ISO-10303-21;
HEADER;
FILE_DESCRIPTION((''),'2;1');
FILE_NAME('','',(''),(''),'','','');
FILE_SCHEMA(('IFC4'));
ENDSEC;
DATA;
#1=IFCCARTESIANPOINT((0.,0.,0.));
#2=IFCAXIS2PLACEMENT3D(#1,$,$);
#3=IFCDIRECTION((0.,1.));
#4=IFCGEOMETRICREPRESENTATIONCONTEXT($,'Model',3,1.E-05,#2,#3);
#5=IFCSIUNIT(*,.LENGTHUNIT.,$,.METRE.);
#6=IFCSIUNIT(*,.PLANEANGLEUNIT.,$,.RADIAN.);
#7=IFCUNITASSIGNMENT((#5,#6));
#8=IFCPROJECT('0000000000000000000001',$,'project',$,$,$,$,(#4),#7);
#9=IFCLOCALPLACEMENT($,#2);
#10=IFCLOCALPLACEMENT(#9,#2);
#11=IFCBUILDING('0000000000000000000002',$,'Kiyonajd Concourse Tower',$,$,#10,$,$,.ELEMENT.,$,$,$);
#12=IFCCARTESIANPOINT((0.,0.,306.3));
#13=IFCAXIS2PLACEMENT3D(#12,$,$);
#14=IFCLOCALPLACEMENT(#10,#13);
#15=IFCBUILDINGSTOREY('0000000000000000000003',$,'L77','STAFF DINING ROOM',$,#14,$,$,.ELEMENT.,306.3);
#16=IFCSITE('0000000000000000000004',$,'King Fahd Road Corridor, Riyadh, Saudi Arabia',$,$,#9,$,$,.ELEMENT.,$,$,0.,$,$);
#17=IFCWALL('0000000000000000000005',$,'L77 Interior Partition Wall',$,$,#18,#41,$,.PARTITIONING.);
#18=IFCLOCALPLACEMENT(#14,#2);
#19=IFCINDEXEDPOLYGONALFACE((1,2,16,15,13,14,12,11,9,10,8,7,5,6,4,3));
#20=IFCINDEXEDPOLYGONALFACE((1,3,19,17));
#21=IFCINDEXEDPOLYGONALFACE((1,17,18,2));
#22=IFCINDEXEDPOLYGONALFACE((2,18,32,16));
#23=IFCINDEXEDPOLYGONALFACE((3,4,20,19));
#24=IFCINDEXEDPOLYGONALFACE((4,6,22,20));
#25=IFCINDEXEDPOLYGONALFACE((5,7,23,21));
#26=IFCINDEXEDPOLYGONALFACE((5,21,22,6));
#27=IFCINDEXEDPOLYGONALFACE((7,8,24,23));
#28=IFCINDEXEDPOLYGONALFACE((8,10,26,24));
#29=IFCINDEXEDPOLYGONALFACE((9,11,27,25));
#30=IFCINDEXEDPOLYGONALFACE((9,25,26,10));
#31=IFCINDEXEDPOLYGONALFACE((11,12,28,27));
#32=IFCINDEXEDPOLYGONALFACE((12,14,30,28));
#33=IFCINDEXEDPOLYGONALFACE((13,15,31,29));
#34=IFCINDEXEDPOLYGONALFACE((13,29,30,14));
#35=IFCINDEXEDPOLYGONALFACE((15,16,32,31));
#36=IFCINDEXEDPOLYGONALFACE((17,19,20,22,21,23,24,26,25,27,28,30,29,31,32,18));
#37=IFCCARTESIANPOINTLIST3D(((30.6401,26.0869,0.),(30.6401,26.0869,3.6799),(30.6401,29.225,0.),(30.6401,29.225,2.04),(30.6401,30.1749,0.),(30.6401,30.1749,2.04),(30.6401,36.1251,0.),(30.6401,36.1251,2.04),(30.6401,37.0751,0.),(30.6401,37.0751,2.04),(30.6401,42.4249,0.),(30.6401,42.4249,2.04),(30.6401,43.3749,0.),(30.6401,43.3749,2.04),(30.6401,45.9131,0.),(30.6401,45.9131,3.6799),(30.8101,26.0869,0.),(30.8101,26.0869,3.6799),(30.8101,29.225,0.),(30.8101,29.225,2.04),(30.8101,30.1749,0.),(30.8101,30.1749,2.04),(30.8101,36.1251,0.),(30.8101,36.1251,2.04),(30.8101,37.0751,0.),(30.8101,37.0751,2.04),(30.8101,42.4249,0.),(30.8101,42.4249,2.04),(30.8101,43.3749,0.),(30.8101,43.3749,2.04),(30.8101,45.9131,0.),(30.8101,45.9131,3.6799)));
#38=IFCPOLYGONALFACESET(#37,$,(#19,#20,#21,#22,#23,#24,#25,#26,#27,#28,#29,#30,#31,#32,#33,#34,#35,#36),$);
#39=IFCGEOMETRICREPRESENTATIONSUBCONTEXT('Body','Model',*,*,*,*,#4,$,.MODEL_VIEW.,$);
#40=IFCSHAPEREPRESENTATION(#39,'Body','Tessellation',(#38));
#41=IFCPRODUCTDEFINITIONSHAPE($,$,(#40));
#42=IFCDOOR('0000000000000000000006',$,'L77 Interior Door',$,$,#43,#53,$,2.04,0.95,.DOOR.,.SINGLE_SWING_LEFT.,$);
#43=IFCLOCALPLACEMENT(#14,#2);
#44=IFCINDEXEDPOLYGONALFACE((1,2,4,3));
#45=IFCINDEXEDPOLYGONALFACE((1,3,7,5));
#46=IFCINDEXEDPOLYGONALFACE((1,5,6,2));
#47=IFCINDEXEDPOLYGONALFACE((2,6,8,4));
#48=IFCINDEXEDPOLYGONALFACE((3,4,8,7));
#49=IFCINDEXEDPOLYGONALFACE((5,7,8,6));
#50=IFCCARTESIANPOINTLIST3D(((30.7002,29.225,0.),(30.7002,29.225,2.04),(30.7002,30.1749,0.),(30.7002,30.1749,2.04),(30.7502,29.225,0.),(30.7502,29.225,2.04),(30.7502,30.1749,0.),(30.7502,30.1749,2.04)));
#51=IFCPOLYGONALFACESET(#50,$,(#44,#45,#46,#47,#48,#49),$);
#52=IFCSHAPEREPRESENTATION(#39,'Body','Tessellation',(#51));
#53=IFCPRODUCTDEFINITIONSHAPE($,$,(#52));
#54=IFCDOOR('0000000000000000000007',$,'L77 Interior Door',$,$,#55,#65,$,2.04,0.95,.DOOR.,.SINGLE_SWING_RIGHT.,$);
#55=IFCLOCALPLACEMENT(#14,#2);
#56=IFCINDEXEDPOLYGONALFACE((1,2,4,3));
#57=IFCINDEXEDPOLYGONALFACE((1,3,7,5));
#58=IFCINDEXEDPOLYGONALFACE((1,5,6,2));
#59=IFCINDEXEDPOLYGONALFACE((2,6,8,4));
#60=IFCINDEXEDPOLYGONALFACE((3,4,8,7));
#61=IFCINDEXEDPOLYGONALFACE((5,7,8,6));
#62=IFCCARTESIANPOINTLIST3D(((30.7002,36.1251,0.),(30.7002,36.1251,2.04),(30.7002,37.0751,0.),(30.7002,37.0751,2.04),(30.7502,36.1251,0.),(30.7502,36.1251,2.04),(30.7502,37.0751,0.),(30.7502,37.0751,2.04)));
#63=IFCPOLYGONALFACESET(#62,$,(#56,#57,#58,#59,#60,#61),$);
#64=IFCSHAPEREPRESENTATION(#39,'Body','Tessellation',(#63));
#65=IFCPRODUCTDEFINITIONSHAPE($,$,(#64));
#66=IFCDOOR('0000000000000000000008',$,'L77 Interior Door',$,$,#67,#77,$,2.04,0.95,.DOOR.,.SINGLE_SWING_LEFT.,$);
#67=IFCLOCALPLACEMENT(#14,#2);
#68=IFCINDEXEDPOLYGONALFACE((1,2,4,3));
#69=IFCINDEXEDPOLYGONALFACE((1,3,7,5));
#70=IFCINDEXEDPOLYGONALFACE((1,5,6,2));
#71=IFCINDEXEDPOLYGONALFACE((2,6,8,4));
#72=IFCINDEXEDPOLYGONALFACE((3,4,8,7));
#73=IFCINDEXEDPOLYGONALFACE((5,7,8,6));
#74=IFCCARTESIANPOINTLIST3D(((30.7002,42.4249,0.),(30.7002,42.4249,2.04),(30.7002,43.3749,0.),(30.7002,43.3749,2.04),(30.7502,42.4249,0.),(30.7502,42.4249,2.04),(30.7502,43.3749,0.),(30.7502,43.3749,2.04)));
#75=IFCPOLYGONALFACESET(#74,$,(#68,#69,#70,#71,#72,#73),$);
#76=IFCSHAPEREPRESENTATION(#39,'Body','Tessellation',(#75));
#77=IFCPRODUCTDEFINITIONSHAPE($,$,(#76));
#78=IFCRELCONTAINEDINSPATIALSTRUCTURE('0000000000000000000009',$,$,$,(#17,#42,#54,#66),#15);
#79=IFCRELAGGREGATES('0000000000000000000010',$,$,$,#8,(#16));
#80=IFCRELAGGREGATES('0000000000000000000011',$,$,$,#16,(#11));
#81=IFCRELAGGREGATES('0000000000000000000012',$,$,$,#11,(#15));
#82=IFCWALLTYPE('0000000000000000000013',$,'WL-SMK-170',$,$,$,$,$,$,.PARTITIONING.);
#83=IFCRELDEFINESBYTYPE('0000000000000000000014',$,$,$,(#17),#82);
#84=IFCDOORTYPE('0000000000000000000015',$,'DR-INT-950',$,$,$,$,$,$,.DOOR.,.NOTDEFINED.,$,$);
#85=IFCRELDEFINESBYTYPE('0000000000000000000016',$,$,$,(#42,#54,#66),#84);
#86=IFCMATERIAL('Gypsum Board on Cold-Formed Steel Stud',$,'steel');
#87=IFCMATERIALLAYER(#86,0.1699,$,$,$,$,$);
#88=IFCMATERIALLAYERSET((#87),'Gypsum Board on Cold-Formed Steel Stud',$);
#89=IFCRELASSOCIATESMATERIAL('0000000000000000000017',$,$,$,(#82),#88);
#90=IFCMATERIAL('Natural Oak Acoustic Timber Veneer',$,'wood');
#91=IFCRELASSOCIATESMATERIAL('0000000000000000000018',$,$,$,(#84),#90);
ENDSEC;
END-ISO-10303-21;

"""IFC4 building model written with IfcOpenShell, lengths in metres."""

from ifc_helpers import new_model, si_unit, direction, frame, frame_2d, origin, place, context, subcontext, project, spatial, rectangle, extrude, material, layer, layer_set, type_object, element, fill, save


model = new_model("IFC4")

# Units and contexts
model_context = context("Model", 3, precision=1e-05, world=origin(), true_north=direction((0.0, 1.0)))
body_context = subcontext(model_context, "Body", "Model", "MODEL_VIEW")
ifc_project = project(units=[si_unit("LENGTHUNIT", "METRE"), si_unit("PLANEANGLEUNIT", "RADIAN")], contexts=[model_context])

# Site, building, storey
site_placement = place(None, origin())
site = spatial("IfcSite", under=ifc_project, at=site_placement, Name="King Fahd Road Corridor, Riyadh, Saudi Arabia", CompositionType="ELEMENT", RefElevation=0.0)
building_placement = place(site_placement, origin())
building = spatial("IfcBuilding", under=site, at=building_placement, Name="Kiyonajd Concourse Tower", CompositionType="ELEMENT")
storey_placement = place(building_placement, frame((0.0, 0.0, 306.3)))
storey = spatial("IfcBuildingStorey", under=building, at=storey_placement, Name="L77", Description="STAFF DINING ROOM", CompositionType="ELEMENT", Elevation=306.3)

# Shared definitions
ifc_material_1 = material(Name="Gypsum Board on Cold-Formed Steel Stud", Category="steel")
ifc_material_2 = material(Name="Natural Oak Acoustic Timber Veneer", Category="wood")

# Wall, openings, doors
ifc_layer_1 = layer(ifc_material_1, 0.1699)
ifc_layer_set_1 = layer_set([ifc_layer_1], Name="Gypsum Board on Cold-Formed Steel Stud")
wall_type_1 = type_object("IfcWallType", Name="WL-SMK-170", PredefinedType="PARTITIONING", material=ifc_layer_set_1)
door_type_1 = type_object("IfcDoorType", Name="DR-INT-950", OperationType="NOTDEFINED", PredefinedType="DOOR", material=ifc_material_2)
wall_1_placement = place(storey_placement, frame((30.7251, 26.0869, 0.0), z_axis=(0.0, 0.0, 1.0), x_axis=(0.0, 1.0, 0.0)))
wall_1 = element("IfcWall", 1, at=wall_1_placement, inside=storey, type_object=wall_type_1, Name="L77 Interior Partition Wall", PredefinedType="PARTITIONING", context=body_context, shape_type="SweptSolid", body=[
    extrude(rectangle(XDim=19.8262, YDim=0.1699, at=frame_2d((9.9131, 0.0))), origin(), (0.0, 0.0, 1.0), 3.6799),
])
opening_1_placement = place(wall_1_placement, frame((3.1379, 0.0, 0.0)))
opening_1 = element("IfcOpeningElement", 2, at=opening_1_placement, cuts=wall_1, PredefinedType="OPENING", context=body_context, shape_type="SweptSolid", body=[
    extrude(rectangle(XDim=0.95, YDim=2.04, at=frame_2d((0.4751, 1.02))), frame((0.0, 0.095, 0.0), z_axis=(0.0, -1.0, 0.0), x_axis=(1.0, 0.0, 0.0)), (0.0, 0.0, 1.0), 0.1899),
])
opening_2_placement = place(wall_1_placement, frame((10.0381, 0.0, 0.0)))
opening_2 = element("IfcOpeningElement", 3, at=opening_2_placement, cuts=wall_1, PredefinedType="OPENING", context=body_context, shape_type="SweptSolid", body=[
    extrude(rectangle(XDim=0.95, YDim=2.04, at=frame_2d((0.4751, 1.02))), frame((0.0, 0.095, 0.0), z_axis=(0.0, -1.0, 0.0), x_axis=(1.0, 0.0, 0.0)), (0.0, 0.0, 1.0), 0.1899),
])
opening_3_placement = place(wall_1_placement, frame((16.3379, 0.0, 0.0)))
opening_3 = element("IfcOpeningElement", 4, at=opening_3_placement, cuts=wall_1, PredefinedType="OPENING", context=body_context, shape_type="SweptSolid", body=[
    extrude(rectangle(XDim=0.95, YDim=2.04, at=frame_2d((0.4751, 1.02))), frame((0.0, 0.095, 0.0), z_axis=(0.0, -1.0, 0.0), x_axis=(1.0, 0.0, 0.0)), (0.0, 0.0, 1.0), 0.1899),
])
door_1_placement = place(opening_1_placement, origin())
door_1 = element("IfcDoor", 5, at=door_1_placement, inside=storey, type_object=door_type_1, Name="L77 Interior Door", OperationType="SINGLE_SWING_LEFT", OverallHeight=2.04, OverallWidth=0.95, PredefinedType="DOOR", context=body_context, shape_type="SweptSolid", body=[
    extrude(rectangle(XDim=0.95, YDim=2.04, at=frame_2d((0.4751, 1.02))), frame((0.0, 0.0249, 0.0), z_axis=(0.0, -1.0, 0.0), x_axis=(1.0, 0.0, 0.0)), (0.0, 0.0, 1.0), 0.05),
])
fill(opening_1, door_1)
door_2_placement = place(opening_2_placement, origin())
door_2 = element("IfcDoor", 6, at=door_2_placement, inside=storey, type_object=door_type_1, Name="L77 Interior Door", OperationType="SINGLE_SWING_RIGHT", OverallHeight=2.04, OverallWidth=0.95, PredefinedType="DOOR", context=body_context, shape_type="SweptSolid", body=[
    extrude(rectangle(XDim=0.95, YDim=2.04, at=frame_2d((0.4751, 1.02))), frame((0.0, 0.0249, 0.0), z_axis=(0.0, -1.0, 0.0), x_axis=(1.0, 0.0, 0.0)), (0.0, 0.0, 1.0), 0.05),
])
fill(opening_2, door_2)
door_3_placement = place(opening_3_placement, origin())
door_3 = element("IfcDoor", 7, at=door_3_placement, inside=storey, type_object=door_type_1, Name="L77 Interior Door", OperationType="SINGLE_SWING_LEFT", OverallHeight=2.04, OverallWidth=0.95, PredefinedType="DOOR", context=body_context, shape_type="SweptSolid", body=[
    extrude(rectangle(XDim=0.95, YDim=2.04, at=frame_2d((0.4751, 1.02))), frame((0.0, 0.0249, 0.0), z_axis=(0.0, -1.0, 0.0), x_axis=(1.0, 0.0, 0.0)), (0.0, 0.0, 1.0), 0.05),
])
fill(opening_3, door_3)

save(model, "model.ifc")
